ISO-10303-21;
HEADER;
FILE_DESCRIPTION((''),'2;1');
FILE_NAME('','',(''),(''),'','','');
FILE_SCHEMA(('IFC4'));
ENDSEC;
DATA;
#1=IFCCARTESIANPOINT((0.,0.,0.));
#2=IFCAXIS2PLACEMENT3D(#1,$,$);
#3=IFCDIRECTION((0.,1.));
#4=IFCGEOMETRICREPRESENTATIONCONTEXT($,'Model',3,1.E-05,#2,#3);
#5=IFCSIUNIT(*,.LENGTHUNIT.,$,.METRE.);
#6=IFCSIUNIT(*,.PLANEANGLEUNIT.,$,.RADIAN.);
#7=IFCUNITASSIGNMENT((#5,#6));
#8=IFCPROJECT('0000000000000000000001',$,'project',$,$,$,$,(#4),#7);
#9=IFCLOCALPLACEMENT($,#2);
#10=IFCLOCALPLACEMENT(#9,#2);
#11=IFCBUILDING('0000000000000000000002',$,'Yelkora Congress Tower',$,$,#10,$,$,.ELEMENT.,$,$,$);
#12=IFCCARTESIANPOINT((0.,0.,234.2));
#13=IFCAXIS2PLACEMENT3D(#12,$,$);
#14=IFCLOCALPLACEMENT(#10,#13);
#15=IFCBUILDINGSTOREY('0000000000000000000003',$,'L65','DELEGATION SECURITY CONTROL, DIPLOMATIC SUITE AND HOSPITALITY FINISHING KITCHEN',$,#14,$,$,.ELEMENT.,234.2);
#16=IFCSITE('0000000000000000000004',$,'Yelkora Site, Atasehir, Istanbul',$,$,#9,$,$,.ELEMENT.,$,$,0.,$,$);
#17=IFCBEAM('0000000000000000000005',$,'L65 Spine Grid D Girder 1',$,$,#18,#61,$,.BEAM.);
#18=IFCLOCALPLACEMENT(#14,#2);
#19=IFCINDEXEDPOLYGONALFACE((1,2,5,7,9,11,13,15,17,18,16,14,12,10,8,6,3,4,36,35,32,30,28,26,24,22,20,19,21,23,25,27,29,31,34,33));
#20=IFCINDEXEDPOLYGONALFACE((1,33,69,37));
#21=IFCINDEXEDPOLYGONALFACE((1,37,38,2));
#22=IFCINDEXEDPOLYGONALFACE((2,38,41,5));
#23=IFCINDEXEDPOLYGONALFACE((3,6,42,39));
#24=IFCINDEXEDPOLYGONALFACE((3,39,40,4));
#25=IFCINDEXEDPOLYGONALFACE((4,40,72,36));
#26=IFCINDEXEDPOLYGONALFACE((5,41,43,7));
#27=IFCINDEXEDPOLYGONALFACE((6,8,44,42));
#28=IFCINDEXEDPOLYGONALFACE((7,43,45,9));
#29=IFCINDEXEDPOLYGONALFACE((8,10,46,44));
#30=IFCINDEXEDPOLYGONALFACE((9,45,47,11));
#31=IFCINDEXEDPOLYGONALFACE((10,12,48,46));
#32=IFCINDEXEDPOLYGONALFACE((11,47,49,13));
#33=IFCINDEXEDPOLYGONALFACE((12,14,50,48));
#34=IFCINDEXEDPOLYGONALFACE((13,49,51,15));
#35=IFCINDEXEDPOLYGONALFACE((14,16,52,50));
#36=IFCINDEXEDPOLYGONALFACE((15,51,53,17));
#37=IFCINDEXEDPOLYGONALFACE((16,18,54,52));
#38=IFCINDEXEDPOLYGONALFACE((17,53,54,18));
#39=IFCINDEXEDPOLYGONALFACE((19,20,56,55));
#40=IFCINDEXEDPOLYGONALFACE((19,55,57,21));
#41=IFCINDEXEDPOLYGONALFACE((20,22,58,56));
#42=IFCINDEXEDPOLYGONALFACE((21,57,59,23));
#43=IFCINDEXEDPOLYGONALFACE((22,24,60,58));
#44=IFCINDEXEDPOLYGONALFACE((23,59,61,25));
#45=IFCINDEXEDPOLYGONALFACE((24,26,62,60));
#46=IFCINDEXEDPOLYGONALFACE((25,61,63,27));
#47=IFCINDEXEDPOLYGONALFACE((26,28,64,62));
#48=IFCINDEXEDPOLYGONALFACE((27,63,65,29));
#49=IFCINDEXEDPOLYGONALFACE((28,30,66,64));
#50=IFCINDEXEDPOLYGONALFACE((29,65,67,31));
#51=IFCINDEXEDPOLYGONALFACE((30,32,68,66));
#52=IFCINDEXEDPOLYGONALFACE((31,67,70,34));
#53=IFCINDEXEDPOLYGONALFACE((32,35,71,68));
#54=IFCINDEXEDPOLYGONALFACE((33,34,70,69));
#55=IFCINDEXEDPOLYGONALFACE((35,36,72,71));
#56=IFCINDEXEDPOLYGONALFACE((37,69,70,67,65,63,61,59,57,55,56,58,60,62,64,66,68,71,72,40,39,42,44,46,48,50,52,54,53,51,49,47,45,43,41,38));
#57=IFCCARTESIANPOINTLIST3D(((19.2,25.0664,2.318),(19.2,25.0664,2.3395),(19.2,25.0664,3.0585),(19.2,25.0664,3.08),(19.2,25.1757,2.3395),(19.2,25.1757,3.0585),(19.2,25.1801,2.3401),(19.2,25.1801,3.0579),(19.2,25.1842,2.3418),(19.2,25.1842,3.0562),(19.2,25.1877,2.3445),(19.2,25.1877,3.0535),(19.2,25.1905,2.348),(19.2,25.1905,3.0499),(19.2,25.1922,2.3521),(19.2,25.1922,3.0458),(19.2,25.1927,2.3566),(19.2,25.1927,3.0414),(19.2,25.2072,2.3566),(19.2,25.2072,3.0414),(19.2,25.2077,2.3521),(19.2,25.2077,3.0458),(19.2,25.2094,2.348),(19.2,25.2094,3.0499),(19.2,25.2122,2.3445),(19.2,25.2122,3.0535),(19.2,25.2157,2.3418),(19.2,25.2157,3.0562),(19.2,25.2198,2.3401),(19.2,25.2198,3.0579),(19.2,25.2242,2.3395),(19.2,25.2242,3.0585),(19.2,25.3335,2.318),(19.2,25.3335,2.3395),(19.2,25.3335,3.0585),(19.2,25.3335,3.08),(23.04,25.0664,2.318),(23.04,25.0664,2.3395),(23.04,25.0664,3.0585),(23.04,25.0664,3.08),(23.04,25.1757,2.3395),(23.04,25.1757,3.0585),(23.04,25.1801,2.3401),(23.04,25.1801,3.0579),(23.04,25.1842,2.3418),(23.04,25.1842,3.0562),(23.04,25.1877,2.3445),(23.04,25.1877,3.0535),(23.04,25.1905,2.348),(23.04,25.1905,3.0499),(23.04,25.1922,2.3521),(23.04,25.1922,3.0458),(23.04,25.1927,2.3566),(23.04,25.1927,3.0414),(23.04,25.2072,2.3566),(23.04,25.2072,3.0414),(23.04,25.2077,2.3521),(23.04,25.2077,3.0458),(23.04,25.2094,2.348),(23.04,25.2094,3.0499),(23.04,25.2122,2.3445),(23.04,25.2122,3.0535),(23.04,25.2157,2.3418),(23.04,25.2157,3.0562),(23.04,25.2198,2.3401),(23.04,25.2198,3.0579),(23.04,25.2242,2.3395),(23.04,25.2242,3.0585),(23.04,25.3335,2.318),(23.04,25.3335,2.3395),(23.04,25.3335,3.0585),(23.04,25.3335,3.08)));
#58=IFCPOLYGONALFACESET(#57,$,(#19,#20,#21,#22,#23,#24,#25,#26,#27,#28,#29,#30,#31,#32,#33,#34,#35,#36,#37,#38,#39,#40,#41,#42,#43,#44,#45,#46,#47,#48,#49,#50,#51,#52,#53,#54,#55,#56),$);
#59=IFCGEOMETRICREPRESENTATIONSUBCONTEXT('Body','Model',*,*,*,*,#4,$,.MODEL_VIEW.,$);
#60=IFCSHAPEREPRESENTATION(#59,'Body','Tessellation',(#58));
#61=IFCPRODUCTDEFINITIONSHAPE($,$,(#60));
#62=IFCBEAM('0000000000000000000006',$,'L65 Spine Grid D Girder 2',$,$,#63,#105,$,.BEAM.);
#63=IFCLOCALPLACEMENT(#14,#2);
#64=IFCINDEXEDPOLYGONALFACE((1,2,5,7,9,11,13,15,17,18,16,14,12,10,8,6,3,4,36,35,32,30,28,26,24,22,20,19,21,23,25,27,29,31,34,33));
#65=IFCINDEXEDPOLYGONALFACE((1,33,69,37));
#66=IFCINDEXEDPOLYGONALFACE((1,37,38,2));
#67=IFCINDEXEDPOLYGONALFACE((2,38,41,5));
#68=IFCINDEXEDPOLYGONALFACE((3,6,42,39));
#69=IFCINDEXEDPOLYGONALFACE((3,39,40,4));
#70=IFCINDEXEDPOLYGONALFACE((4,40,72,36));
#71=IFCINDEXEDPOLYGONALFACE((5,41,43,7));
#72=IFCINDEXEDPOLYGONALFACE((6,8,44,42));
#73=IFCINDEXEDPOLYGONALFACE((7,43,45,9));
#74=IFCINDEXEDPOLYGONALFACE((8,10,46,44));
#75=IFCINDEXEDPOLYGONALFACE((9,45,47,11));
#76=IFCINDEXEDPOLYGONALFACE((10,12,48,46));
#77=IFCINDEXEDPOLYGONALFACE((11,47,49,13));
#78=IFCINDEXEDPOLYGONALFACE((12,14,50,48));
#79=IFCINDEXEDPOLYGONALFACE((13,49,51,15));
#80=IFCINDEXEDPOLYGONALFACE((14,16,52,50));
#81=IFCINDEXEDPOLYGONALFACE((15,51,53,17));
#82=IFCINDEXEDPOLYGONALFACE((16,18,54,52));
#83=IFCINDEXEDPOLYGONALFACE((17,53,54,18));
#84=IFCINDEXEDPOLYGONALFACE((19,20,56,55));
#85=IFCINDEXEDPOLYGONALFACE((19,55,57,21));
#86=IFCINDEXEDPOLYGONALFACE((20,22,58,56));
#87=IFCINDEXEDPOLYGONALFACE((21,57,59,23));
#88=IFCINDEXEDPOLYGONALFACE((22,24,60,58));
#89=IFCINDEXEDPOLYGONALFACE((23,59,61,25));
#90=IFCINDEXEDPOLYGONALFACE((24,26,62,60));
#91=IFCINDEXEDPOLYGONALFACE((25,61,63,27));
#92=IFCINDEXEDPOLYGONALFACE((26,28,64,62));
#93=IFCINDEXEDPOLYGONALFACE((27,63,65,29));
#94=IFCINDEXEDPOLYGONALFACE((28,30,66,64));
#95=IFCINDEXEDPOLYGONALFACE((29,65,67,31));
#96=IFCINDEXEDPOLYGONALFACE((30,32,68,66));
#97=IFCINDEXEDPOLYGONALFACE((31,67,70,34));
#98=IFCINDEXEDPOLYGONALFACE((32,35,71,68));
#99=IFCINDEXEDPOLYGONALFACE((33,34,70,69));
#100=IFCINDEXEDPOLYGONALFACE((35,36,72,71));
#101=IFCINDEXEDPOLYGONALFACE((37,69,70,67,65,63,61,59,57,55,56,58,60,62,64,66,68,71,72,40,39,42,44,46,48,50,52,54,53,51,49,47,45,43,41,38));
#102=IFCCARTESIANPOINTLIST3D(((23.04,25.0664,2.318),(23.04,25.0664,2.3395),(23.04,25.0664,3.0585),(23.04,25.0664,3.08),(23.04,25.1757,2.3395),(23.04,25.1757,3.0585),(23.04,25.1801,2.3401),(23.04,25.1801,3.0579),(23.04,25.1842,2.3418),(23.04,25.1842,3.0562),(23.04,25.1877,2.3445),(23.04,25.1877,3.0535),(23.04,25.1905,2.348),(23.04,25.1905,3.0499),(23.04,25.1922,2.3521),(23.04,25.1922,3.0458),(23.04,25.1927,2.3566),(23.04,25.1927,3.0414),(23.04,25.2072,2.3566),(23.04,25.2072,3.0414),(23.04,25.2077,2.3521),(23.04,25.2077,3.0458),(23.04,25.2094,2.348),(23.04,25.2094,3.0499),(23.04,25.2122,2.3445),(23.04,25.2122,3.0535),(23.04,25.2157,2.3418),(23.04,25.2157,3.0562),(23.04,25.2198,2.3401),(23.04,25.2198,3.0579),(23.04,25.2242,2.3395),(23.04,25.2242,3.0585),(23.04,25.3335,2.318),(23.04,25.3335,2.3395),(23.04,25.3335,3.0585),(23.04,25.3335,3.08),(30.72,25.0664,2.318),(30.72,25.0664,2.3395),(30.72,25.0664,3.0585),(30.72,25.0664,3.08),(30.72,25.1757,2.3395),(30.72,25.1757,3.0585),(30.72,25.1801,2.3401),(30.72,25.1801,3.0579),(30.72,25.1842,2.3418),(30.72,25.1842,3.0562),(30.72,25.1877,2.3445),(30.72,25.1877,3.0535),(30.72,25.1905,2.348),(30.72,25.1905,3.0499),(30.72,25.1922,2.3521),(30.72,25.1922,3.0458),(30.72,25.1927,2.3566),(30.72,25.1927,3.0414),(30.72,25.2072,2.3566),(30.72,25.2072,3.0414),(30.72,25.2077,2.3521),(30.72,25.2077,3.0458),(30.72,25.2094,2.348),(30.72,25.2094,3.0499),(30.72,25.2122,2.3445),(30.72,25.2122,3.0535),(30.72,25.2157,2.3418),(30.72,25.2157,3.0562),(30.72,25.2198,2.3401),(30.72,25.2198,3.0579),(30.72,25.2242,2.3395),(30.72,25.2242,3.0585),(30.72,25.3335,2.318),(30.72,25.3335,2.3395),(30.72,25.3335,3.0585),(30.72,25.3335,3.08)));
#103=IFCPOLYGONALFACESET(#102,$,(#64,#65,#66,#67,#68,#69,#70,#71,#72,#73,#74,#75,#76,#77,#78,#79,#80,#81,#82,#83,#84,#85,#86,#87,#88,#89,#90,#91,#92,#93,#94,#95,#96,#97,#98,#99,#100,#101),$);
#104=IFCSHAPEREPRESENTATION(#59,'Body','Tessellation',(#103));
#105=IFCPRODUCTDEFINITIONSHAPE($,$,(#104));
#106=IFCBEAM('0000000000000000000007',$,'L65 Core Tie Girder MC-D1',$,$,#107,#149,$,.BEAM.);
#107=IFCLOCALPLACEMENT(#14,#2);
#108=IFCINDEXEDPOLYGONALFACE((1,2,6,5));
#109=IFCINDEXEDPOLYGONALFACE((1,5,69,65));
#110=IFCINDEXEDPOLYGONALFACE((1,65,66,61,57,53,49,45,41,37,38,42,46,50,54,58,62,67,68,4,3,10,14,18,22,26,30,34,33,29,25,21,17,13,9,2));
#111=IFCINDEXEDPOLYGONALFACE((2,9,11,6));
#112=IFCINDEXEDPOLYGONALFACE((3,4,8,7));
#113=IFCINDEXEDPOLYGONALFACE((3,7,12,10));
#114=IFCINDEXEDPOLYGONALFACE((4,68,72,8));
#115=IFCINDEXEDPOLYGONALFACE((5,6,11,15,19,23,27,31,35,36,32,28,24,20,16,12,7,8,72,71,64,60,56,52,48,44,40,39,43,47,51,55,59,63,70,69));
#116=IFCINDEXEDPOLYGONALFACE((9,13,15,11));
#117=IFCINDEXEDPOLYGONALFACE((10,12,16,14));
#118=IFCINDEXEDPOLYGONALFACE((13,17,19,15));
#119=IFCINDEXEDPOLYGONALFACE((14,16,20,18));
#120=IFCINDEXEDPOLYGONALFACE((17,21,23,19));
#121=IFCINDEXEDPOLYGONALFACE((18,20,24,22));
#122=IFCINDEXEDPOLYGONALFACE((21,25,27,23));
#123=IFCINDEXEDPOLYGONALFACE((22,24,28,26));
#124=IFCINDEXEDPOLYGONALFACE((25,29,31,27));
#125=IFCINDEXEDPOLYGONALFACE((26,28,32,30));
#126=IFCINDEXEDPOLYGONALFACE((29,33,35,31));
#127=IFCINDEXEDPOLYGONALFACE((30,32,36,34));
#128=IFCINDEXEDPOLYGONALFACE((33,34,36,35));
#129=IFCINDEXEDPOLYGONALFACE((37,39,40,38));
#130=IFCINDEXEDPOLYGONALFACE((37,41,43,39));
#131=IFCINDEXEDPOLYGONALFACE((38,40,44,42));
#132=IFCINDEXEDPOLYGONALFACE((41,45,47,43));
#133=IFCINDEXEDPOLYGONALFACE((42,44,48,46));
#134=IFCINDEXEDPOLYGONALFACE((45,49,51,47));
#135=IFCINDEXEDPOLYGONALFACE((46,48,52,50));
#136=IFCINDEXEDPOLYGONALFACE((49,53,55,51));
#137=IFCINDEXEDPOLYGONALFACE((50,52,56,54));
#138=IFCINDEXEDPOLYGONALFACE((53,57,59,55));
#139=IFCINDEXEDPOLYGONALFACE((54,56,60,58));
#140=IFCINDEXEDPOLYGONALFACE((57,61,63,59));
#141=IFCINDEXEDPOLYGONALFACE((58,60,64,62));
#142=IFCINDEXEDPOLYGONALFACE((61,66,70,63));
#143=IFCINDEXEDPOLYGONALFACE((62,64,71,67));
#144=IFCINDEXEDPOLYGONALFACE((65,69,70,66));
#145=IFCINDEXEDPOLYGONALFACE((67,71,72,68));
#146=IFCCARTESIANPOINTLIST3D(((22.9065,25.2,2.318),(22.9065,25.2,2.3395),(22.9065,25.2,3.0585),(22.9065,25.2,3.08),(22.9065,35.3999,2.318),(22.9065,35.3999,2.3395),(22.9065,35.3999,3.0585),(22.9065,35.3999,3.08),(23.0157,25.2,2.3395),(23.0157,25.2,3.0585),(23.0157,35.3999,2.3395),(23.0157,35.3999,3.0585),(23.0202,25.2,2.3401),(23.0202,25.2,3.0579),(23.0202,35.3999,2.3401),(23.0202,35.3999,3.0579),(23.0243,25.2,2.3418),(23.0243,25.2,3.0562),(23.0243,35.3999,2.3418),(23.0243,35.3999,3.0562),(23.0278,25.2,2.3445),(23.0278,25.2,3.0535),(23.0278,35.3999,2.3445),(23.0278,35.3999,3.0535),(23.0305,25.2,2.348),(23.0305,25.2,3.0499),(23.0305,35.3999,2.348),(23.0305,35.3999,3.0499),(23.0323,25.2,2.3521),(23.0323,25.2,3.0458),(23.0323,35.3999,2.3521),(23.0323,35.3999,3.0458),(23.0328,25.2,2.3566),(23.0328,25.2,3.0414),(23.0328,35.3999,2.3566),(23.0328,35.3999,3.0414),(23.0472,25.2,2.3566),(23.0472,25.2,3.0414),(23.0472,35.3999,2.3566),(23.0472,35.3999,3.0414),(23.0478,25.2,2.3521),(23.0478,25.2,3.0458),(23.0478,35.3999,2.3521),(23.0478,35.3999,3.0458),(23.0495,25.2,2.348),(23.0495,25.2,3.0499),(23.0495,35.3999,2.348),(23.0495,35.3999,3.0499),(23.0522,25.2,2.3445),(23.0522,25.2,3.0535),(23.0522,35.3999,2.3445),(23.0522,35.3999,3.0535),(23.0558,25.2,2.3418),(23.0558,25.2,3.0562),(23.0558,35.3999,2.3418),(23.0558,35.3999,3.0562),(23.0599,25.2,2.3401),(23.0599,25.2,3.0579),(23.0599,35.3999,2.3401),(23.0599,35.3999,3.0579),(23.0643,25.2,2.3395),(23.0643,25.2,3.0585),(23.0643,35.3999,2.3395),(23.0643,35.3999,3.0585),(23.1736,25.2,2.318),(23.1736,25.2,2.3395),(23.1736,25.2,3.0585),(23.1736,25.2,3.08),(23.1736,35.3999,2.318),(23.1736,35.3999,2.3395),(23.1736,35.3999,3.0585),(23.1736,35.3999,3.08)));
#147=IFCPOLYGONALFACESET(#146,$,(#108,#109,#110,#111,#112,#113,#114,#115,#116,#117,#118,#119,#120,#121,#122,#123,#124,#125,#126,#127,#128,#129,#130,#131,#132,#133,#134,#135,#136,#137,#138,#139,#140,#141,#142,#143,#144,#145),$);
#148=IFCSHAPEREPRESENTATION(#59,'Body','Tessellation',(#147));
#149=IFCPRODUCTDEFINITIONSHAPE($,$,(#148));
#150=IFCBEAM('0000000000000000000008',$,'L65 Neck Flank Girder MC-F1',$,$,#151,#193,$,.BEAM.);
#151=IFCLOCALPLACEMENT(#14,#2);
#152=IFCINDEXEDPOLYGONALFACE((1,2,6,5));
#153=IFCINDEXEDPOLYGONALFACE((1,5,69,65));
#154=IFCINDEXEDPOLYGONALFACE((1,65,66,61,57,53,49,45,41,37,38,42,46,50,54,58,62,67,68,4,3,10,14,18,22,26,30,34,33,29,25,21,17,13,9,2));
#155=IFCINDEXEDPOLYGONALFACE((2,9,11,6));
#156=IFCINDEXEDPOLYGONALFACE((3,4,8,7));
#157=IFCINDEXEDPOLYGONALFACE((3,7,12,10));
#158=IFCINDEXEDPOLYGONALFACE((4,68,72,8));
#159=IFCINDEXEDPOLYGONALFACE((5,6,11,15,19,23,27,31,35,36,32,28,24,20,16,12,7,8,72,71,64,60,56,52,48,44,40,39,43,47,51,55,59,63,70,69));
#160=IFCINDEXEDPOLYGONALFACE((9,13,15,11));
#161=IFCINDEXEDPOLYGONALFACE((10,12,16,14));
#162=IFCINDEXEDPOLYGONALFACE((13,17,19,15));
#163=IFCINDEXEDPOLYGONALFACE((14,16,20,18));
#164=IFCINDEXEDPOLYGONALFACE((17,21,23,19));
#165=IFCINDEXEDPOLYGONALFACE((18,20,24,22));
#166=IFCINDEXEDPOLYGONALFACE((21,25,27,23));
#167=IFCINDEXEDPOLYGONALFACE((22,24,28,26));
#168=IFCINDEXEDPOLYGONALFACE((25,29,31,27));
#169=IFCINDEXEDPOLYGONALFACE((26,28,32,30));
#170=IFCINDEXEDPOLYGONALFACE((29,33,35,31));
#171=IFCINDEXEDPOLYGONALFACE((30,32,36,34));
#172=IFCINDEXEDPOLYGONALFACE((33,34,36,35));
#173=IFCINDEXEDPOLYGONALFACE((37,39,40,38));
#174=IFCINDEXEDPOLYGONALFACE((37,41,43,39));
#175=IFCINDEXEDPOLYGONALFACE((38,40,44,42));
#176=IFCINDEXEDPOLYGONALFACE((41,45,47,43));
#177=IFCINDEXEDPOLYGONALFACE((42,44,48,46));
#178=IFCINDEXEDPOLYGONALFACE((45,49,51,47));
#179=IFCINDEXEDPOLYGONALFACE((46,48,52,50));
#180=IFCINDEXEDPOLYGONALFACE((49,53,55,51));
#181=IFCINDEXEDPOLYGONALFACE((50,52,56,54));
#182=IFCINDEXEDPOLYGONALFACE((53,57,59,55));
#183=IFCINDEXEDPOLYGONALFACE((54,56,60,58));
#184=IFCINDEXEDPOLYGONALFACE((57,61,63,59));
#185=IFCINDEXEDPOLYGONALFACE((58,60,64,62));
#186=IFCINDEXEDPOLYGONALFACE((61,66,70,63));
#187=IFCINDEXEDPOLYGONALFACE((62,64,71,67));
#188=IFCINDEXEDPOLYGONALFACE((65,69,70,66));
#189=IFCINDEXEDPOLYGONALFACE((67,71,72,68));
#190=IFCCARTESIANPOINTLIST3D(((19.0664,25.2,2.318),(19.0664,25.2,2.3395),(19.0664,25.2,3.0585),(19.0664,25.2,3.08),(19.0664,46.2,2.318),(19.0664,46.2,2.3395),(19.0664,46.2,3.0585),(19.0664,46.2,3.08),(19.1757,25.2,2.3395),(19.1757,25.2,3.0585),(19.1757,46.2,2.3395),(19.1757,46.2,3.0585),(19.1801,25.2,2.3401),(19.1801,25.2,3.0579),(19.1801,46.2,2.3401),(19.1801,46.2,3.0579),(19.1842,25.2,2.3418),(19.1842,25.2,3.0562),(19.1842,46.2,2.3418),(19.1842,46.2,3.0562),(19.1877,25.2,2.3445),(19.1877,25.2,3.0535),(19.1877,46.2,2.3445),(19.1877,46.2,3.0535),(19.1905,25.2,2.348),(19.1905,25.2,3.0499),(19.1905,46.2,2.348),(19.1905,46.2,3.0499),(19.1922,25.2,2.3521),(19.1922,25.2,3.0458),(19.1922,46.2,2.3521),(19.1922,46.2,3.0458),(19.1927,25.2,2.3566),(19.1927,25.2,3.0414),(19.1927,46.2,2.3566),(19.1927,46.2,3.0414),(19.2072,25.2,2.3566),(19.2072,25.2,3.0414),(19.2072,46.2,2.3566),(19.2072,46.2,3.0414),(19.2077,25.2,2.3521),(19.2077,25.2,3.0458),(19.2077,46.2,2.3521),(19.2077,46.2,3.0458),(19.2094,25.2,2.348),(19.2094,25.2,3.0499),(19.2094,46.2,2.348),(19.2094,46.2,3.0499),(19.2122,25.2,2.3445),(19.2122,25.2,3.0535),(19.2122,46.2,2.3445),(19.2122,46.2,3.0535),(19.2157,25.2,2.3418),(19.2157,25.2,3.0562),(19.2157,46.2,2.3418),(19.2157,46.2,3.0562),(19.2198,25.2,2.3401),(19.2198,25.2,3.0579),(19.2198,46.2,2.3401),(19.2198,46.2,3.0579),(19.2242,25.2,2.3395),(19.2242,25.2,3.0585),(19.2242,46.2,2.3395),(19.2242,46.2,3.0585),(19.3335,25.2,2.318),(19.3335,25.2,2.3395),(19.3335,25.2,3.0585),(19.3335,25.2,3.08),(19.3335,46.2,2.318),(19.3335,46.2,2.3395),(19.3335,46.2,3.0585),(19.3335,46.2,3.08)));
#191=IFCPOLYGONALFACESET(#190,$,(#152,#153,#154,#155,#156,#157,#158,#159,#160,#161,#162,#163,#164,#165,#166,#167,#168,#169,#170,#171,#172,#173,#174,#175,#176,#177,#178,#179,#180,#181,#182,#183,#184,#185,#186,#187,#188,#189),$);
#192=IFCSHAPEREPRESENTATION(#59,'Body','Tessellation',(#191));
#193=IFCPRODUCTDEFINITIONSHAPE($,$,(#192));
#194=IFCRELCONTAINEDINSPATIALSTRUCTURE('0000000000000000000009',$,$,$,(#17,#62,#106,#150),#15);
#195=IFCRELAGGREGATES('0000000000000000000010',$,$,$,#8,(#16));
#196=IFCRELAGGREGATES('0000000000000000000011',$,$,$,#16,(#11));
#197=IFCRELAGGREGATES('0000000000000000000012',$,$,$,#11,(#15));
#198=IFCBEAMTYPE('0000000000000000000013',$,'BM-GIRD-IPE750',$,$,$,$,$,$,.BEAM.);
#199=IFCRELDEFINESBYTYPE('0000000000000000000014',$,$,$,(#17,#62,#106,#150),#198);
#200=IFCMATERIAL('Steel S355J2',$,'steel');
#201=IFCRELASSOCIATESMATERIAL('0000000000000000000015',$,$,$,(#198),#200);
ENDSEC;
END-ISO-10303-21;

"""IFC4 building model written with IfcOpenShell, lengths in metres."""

from ifc_helpers import new_model, si_unit, direction, frame, origin, origin_2d, place, context, subcontext, project, spatial, i_section, extrude, material, material_profile, profile_set, type_object, element, save


model = new_model("IFC4")

# Units and contexts
model_context = context("Model", 3, precision=1e-05, world=origin(), true_north=direction((0.0, 1.0)))
body_context = subcontext(model_context, "Body", "Model", "MODEL_VIEW")
ifc_project = project(units=[si_unit("LENGTHUNIT", "METRE"), si_unit("PLANEANGLEUNIT", "RADIAN")], contexts=[model_context])

# Site, building, storey
site_placement = place(None, origin())
site = spatial("IfcSite", under=ifc_project, at=site_placement, Name="Yelkora Site, Atasehir, Istanbul", CompositionType="ELEMENT", RefElevation=0.0)
building_placement = place(site_placement, origin())
building = spatial("IfcBuilding", under=site, at=building_placement, Name="Yelkora Congress Tower", CompositionType="ELEMENT")
storey_placement = place(building_placement, frame((0.0, 0.0, 234.2)))
storey = spatial("IfcBuildingStorey", under=building, at=storey_placement, Name="L65", Description="DELEGATION SECURITY CONTROL, DIPLOMATIC SUITE AND HOSPITALITY FINISHING KITCHEN", CompositionType="ELEMENT", Elevation=234.2)

# Shared definitions
ifc_material_1 = material(Name="Steel S355J2", Category="steel")

# Beams
ifc_material_profile_1 = material_profile(ifc_material_1, i_section(OverallWidth=0.2671, OverallDepth=0.762, WebThickness=0.0144, FlangeThickness=0.0215, FilletRadius=0.0171, at=origin_2d()), Name="IPE 750x173")
ifc_profile_set_1 = profile_set([ifc_material_profile_1], Name="Steel S355J2")
beam_type_1 = type_object("IfcBeamType", Name="BM-GIRD-IPE750", PredefinedType="BEAM", material=ifc_profile_set_1)
beam_1_placement = place(storey_placement, frame((19.2, 25.2, 2.699), z_axis=(1.0, 0.0, 0.0), x_axis=(0.0, 1.0, 0.0)))
element("IfcBeam", 1, at=beam_1_placement, inside=storey, type_object=beam_type_1, Name="L65 Spine Grid D Girder 1", PredefinedType="BEAM", context=body_context, shape_type="SweptSolid", body=[
    extrude(i_section(OverallWidth=0.2671, OverallDepth=0.762, WebThickness=0.0144, FlangeThickness=0.0215, FilletRadius=0.0171, at=origin_2d()), origin(), (0.0, 0.0, 1.0), 3.8401),
])
beam_2_placement = place(storey_placement, frame((23.04, 25.2, 2.699), z_axis=(1.0, 0.0, 0.0), x_axis=(0.0, 1.0, 0.0)))
element("IfcBeam", 2, at=beam_2_placement, inside=storey, type_object=beam_type_1, Name="L65 Spine Grid D Girder 2", PredefinedType="BEAM", context=body_context, shape_type="SweptSolid", body=[
    extrude(i_section(OverallWidth=0.2671, OverallDepth=0.762, WebThickness=0.0144, FlangeThickness=0.0215, FilletRadius=0.0171, at=origin_2d()), origin(), (0.0, 0.0, 1.0), 7.6799),
])
beam_3_placement = place(storey_placement, frame((23.04, 25.2, 2.699), z_axis=(0.0, 1.0, 0.0), x_axis=(-1.0, 0.0, 0.0)))
element("IfcBeam", 3, at=beam_3_placement, inside=storey, type_object=beam_type_1, Name="L65 Core Tie Girder MC-D1", PredefinedType="BEAM", context=body_context, shape_type="SweptSolid", body=[
    extrude(i_section(OverallWidth=0.2671, OverallDepth=0.762, WebThickness=0.0144, FlangeThickness=0.0215, FilletRadius=0.0171, at=origin_2d()), origin(), (0.0, 0.0, 1.0), 10.2),
])
beam_4_placement = place(storey_placement, frame((19.2, 25.2, 2.699), z_axis=(0.0, 1.0, 0.0), x_axis=(-1.0, 0.0, 0.0)))
element("IfcBeam", 4, at=beam_4_placement, inside=storey, type_object=beam_type_1, Name="L65 Neck Flank Girder MC-F1", PredefinedType="BEAM", context=body_context, shape_type="SweptSolid", body=[
    extrude(i_section(OverallWidth=0.2671, OverallDepth=0.762, WebThickness=0.0144, FlangeThickness=0.0215, FilletRadius=0.0171, at=origin_2d()), origin(), (0.0, 0.0, 1.0), 21.0),
])

save(model, "model.ifc")
